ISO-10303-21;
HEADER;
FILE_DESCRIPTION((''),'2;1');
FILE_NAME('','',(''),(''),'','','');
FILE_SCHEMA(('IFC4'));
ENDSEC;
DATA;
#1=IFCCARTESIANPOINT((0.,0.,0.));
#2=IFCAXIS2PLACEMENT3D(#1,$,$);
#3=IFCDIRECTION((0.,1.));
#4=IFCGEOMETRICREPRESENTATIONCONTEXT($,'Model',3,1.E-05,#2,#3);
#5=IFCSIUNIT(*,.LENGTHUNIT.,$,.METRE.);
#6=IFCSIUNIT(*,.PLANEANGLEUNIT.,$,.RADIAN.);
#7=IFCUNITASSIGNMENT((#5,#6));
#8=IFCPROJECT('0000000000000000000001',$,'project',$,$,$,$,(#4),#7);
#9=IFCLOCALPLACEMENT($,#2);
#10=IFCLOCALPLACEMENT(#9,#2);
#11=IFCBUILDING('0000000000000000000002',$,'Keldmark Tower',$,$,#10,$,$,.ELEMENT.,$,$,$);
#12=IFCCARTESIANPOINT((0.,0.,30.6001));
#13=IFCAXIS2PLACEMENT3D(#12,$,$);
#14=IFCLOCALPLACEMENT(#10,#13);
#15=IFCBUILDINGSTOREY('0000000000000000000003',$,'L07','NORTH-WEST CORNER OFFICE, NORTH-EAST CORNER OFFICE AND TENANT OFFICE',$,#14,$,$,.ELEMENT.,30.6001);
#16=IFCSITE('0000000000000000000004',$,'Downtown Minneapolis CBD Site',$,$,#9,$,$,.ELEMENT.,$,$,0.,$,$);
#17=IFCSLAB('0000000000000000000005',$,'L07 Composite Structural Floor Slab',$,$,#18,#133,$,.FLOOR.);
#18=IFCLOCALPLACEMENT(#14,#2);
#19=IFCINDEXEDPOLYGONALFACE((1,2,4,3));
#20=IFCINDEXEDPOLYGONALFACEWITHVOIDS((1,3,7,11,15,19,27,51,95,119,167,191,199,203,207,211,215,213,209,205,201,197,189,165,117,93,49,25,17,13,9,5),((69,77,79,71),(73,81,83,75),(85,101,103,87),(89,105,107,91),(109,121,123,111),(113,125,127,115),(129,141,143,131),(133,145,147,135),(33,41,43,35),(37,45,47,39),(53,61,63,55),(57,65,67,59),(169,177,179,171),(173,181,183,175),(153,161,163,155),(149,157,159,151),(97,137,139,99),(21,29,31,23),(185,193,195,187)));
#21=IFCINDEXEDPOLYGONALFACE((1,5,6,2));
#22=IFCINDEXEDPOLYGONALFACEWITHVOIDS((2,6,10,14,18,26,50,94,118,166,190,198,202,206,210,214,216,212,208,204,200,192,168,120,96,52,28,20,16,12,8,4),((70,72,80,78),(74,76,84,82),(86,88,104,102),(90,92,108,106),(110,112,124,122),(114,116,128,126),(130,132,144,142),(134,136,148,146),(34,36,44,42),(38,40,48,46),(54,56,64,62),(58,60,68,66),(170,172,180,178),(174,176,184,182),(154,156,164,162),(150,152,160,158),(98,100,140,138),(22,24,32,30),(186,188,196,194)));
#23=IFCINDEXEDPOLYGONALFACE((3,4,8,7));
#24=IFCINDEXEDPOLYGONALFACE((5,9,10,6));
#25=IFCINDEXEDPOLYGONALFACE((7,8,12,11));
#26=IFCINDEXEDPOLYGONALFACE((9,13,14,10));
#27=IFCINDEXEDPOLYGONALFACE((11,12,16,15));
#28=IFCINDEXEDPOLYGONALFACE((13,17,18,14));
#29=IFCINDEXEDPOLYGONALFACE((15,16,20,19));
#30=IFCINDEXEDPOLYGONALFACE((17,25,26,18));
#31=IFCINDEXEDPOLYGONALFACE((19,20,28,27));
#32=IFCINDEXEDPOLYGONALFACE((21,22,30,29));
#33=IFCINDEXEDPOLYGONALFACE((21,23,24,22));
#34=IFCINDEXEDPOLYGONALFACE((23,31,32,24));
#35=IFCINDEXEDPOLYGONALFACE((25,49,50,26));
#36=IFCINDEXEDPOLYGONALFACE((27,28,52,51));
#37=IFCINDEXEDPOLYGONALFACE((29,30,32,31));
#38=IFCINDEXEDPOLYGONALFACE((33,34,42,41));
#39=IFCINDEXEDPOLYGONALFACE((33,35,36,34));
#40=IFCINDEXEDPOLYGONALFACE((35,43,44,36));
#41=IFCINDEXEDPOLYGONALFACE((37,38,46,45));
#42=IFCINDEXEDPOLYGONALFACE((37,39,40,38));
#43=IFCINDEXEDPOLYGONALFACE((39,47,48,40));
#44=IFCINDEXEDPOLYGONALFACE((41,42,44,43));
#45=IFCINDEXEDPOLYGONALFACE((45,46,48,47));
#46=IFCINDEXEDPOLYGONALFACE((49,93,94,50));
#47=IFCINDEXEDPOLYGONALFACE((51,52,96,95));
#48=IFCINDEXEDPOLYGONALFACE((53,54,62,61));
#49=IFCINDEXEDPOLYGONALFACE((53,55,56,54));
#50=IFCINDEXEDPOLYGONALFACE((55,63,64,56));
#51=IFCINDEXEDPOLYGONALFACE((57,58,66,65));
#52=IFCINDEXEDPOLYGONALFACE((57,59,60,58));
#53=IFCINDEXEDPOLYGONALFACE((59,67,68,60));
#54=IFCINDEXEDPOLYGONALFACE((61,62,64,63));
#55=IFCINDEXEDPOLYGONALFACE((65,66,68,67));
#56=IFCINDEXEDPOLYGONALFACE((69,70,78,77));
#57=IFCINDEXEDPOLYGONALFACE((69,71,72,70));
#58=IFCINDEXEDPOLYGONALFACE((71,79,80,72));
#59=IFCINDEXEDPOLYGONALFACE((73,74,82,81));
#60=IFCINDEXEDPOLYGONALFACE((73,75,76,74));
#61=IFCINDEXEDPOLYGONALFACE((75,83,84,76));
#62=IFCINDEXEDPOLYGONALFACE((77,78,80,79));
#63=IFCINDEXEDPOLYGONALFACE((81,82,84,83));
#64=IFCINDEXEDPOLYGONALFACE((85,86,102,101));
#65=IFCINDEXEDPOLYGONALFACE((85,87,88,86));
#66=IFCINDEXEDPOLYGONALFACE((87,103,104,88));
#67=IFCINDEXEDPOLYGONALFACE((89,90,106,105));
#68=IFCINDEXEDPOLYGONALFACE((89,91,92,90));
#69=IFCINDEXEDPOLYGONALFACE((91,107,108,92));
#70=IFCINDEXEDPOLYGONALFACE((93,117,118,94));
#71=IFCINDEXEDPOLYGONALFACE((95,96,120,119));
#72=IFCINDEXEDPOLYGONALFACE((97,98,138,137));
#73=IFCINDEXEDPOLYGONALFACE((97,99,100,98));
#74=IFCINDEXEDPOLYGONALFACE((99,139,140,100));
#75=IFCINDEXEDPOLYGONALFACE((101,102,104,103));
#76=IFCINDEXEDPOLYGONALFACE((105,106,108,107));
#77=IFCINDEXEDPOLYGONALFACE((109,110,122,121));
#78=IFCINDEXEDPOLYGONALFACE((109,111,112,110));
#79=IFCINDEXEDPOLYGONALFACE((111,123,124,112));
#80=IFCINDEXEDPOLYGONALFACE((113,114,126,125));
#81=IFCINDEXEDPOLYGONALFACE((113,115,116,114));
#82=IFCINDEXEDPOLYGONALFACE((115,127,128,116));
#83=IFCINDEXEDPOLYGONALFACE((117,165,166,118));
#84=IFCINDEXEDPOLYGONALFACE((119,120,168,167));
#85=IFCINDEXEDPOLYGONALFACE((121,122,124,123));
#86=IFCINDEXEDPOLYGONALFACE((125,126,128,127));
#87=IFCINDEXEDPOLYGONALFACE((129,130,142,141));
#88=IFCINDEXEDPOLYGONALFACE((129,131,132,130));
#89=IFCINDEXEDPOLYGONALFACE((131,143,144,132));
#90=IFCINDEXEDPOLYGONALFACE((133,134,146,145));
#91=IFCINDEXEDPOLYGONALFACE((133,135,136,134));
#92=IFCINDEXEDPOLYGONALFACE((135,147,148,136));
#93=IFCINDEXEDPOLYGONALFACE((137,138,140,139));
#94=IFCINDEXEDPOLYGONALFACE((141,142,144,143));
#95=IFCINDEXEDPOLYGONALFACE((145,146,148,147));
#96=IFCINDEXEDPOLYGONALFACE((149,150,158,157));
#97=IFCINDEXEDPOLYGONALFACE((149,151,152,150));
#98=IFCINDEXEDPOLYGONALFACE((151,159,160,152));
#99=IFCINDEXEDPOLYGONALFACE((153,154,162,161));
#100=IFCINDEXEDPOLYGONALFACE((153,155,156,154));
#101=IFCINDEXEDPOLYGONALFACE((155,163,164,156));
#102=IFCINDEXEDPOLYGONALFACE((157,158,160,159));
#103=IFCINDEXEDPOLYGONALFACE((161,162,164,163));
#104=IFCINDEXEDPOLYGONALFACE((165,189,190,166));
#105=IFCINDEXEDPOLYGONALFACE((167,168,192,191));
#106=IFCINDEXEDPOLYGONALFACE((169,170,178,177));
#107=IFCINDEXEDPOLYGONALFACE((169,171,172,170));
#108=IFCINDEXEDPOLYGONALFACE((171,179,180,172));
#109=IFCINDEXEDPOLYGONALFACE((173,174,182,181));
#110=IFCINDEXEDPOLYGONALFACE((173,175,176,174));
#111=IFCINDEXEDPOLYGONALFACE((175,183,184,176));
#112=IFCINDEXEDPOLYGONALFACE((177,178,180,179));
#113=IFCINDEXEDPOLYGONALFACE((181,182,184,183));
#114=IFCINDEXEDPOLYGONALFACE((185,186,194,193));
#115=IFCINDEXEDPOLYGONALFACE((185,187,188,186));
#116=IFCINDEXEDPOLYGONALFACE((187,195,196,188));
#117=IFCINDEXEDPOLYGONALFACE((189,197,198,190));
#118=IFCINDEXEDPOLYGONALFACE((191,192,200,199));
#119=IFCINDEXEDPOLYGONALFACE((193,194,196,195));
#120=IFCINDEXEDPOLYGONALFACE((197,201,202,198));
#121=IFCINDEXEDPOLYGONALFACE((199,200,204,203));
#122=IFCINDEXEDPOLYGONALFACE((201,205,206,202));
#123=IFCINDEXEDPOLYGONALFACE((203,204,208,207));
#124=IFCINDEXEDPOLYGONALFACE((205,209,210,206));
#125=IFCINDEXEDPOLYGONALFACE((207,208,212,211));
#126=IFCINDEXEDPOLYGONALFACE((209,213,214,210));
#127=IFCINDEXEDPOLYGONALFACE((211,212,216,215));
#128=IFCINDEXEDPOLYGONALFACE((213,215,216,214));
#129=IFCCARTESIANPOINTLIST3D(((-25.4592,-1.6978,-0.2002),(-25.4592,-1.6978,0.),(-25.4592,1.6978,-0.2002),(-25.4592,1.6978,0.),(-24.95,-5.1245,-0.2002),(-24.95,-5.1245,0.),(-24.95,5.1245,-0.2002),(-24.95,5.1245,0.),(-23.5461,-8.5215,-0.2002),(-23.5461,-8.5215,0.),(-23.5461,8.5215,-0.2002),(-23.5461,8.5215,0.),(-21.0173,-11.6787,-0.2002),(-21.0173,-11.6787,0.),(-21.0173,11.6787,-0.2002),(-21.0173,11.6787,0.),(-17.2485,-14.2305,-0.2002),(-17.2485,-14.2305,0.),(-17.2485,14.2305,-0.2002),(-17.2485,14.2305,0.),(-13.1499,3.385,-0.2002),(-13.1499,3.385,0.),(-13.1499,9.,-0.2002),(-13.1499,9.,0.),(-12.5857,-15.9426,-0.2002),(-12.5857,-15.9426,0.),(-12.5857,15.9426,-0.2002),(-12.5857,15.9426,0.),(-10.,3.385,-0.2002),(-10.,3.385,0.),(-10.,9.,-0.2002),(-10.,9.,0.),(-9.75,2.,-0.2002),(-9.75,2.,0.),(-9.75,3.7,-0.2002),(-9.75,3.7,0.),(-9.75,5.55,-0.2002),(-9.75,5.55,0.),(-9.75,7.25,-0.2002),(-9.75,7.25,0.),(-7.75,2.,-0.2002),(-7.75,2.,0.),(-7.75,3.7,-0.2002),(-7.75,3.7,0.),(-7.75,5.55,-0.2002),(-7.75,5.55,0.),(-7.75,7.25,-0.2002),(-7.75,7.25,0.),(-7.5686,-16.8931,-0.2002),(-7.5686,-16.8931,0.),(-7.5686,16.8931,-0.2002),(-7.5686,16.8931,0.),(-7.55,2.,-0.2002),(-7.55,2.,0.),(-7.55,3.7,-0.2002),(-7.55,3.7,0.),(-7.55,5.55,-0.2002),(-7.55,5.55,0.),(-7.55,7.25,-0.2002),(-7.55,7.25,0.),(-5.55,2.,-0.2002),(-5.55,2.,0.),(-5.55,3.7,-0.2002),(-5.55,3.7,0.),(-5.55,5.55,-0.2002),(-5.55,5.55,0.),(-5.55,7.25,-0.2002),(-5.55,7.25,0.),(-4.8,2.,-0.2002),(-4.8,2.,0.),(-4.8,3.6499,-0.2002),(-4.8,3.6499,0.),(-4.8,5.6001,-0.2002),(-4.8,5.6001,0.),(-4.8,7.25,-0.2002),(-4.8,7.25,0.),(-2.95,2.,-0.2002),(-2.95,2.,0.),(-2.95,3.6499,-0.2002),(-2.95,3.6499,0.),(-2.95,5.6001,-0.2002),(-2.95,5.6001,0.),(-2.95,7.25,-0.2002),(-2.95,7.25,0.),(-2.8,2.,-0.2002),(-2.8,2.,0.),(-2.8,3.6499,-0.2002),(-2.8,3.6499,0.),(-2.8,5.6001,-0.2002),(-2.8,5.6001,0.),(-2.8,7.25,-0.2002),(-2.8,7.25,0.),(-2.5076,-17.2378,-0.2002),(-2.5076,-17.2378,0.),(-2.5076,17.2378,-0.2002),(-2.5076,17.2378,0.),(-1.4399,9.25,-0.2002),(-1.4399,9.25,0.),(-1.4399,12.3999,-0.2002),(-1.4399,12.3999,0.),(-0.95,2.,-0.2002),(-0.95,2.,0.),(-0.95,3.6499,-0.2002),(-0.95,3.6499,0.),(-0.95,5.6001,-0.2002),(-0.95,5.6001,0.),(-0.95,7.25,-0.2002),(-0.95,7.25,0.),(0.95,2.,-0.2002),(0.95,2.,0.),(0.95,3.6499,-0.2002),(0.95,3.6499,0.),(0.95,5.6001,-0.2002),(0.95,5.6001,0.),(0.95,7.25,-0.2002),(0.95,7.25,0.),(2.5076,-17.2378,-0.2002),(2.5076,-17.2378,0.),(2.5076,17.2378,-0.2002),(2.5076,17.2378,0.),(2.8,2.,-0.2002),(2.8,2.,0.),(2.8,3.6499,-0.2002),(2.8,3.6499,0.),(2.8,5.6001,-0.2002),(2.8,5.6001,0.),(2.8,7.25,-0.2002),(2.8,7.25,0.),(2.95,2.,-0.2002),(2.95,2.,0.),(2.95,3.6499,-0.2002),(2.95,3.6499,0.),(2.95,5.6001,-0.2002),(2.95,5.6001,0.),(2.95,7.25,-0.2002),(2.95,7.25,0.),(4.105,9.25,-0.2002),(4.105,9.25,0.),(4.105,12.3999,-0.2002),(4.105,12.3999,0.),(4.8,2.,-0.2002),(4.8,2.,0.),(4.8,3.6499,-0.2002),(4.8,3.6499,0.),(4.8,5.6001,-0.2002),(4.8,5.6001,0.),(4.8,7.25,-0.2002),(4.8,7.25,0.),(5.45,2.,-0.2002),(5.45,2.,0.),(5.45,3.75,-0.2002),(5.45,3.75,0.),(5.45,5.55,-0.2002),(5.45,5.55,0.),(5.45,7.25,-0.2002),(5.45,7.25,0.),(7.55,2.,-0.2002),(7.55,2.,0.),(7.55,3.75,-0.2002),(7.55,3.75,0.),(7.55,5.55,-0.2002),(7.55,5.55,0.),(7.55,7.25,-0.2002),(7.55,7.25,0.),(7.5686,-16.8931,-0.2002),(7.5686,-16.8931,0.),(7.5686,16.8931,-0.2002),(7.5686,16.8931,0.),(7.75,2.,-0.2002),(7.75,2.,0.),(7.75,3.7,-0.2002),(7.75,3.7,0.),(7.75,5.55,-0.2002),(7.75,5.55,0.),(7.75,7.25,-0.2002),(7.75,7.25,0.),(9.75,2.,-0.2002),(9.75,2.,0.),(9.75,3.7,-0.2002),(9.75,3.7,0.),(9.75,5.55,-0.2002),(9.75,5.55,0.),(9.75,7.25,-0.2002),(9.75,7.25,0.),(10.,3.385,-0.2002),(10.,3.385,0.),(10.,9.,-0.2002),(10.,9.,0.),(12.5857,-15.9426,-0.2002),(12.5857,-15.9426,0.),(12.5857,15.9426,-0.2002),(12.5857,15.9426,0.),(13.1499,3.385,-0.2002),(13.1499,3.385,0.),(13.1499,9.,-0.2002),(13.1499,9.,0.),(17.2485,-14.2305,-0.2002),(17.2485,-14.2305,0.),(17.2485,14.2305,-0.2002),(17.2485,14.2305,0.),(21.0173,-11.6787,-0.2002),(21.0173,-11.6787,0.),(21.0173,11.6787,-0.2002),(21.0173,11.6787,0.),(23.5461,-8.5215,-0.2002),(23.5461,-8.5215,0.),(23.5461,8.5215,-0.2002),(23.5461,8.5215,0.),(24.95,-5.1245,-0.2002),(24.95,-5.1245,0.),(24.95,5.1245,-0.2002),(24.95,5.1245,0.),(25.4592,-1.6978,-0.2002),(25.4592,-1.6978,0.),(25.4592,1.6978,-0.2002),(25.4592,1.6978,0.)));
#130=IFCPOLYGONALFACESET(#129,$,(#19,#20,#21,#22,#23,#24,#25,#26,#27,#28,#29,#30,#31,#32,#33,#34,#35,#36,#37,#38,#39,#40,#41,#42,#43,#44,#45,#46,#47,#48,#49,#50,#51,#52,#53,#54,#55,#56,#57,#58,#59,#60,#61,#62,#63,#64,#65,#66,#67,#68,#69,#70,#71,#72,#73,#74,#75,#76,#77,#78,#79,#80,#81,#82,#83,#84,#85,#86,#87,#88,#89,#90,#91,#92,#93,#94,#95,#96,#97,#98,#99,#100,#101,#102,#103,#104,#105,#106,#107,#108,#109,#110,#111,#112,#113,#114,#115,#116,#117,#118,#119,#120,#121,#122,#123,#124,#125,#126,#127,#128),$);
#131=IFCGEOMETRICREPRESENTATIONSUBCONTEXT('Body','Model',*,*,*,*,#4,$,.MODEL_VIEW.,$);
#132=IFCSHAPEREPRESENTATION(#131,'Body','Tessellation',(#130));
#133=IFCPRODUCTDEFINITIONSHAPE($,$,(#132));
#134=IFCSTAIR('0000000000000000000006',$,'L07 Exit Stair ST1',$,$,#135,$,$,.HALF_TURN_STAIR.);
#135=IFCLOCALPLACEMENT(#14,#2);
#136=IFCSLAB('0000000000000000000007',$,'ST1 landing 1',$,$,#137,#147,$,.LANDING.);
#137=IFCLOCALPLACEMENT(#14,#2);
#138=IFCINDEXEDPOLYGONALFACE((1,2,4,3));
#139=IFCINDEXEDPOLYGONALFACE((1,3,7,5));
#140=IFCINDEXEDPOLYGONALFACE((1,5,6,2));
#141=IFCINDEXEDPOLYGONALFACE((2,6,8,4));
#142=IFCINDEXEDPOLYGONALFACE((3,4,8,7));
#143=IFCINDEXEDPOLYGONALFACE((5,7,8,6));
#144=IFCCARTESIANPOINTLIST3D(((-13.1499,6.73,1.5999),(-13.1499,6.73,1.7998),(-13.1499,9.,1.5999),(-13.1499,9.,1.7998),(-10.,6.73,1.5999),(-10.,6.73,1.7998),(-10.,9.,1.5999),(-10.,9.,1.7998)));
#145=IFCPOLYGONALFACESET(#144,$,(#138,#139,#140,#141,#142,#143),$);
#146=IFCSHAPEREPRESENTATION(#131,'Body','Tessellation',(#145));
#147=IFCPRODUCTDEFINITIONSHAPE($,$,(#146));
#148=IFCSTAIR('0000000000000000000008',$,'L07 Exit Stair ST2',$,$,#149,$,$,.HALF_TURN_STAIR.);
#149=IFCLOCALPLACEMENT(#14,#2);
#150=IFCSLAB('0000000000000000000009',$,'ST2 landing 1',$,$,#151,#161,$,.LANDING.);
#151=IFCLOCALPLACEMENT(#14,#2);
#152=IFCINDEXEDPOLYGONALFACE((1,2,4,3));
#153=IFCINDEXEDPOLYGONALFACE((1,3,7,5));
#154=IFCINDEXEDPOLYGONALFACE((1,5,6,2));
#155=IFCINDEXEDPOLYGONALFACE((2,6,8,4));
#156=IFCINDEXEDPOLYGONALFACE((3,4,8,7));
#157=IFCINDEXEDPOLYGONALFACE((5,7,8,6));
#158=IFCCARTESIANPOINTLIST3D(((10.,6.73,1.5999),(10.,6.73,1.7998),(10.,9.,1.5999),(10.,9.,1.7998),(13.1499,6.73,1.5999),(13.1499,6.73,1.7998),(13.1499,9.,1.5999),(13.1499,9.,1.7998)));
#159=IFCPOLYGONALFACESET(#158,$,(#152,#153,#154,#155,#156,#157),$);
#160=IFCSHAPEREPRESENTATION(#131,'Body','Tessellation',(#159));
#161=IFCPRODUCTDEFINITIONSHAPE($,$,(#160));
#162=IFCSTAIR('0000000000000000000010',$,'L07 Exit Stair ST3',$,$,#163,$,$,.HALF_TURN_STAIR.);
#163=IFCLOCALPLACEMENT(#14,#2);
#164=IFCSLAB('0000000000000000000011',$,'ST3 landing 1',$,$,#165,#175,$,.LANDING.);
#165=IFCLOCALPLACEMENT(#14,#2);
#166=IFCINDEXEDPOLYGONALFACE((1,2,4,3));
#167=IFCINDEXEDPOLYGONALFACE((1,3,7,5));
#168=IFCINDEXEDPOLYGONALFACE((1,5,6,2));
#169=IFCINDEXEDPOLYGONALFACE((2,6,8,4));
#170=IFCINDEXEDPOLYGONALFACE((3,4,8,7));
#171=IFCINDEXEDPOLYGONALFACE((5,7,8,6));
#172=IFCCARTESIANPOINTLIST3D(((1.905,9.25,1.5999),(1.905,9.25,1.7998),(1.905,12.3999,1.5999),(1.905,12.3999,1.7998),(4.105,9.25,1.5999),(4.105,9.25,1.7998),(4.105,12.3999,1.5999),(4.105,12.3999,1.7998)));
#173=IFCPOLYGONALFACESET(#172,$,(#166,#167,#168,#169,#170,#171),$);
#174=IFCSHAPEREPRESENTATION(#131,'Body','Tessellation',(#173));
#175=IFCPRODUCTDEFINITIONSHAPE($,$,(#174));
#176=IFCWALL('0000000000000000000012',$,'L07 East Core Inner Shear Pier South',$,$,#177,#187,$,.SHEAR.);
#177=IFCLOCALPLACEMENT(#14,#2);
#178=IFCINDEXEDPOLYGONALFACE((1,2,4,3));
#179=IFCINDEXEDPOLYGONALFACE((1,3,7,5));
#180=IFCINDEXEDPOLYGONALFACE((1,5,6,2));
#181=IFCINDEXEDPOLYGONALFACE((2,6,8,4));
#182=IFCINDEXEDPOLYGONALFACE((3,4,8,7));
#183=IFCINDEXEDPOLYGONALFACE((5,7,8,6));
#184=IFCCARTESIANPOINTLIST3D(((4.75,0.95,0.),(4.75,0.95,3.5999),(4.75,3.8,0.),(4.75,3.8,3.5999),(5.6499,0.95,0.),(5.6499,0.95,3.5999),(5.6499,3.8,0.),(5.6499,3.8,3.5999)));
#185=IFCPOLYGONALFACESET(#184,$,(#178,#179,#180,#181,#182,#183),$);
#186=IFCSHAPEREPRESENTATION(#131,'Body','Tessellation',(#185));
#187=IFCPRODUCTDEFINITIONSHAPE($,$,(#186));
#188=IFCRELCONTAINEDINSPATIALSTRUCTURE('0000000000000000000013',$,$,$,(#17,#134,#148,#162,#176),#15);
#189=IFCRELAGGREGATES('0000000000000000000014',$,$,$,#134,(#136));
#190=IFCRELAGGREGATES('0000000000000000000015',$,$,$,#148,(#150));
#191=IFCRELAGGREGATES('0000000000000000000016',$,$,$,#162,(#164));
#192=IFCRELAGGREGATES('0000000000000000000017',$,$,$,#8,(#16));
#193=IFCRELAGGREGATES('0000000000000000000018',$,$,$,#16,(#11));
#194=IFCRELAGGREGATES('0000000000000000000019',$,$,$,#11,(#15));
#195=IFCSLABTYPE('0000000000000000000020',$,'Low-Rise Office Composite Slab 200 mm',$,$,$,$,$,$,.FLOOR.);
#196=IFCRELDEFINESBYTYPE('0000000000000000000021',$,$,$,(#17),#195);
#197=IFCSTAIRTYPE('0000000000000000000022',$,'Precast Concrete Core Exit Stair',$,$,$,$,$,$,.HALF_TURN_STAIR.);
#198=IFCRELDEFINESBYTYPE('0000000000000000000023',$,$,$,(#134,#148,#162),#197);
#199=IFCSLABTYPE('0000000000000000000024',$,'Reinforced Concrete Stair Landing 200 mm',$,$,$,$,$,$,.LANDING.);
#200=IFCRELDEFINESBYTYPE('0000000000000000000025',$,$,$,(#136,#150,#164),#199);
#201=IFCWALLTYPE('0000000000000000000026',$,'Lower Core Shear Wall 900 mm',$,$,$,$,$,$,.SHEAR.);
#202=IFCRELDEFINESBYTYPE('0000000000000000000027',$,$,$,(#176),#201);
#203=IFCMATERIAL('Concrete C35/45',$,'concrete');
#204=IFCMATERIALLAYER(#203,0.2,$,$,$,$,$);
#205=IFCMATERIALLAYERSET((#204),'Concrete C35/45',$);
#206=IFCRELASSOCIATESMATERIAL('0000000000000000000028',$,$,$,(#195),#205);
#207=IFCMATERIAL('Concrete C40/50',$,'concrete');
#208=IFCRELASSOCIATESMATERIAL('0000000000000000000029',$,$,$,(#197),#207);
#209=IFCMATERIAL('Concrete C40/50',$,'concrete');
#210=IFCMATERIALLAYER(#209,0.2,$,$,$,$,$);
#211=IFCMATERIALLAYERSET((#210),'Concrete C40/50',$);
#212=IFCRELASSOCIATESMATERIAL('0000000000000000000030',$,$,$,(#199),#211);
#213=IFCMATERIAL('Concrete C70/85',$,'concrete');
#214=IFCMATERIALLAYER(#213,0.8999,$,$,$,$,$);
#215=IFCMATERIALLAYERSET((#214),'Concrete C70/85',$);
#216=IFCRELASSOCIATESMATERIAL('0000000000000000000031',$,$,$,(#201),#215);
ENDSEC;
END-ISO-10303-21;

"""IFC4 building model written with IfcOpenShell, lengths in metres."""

from ifc_helpers import new_model, si_unit, direction, frame, frame_2d, origin, place, context, subcontext, project, spatial, polyline, rectangle, outline, extrude, material, layer, layer_set, type_object, element, aggregate, save


model = new_model("IFC4")

# Units and contexts
model_context = context("Model", 3, precision=1e-05, world=origin(), true_north=direction((0.0, 1.0)))
body_context = subcontext(model_context, "Body", "Model", "MODEL_VIEW")
ifc_project = project(units=[si_unit("LENGTHUNIT", "METRE"), si_unit("PLANEANGLEUNIT", "RADIAN")], contexts=[model_context])

# Site, building, storey
site_placement = place(None, origin())
site = spatial("IfcSite", under=ifc_project, at=site_placement, Name="Downtown Minneapolis CBD Site", CompositionType="ELEMENT", RefElevation=0.0)
building_placement = place(site_placement, origin())
building = spatial("IfcBuilding", under=site, at=building_placement, Name="Keldmark Tower", CompositionType="ELEMENT")
storey_placement = place(building_placement, frame((0.0, 0.0, 30.6001)))
storey = spatial("IfcBuildingStorey", under=building, at=storey_placement, Name="L07", Description="NORTH-WEST CORNER OFFICE, NORTH-EAST CORNER OFFICE AND TENANT OFFICE", CompositionType="ELEMENT", Elevation=30.6001)

# Slab
ifc_material_1 = material(Name="Concrete C35/45", Category="concrete")
ifc_layer_1 = layer(ifc_material_1, 0.2)
ifc_layer_set_1 = layer_set([ifc_layer_1], Name="Concrete C35/45")
slab_type_1 = type_object("IfcSlabType", Name="Low-Rise Office Composite Slab 200 mm", PredefinedType="FLOOR", material=ifc_layer_set_1)
slab_1_placement = place(storey_placement, frame((0.0, 0.0, -0.2002)))
element("IfcSlab", 1, at=slab_1_placement, inside=storey, type_object=slab_type_1, Name="L07 Composite Structural Floor Slab", PredefinedType="FLOOR", context=body_context, shape_type="SweptSolid", body=[
    extrude(outline(polyline([(25.4592, 1.6978), (24.95, 5.1245), (23.5461, 8.5215), (21.0173, 11.6787), (17.2485, 14.2305), (12.5857, 15.9426), (7.5686, 16.8931), (2.5076, 17.2378), (-2.5076, 17.2378), (-7.5686, 16.8931), (-12.5857, 15.9426), (-17.2485, 14.2305), (-21.0173, 11.6787), (-23.5461, 8.5215), (-24.95, 5.1245), (-25.4592, 1.6978), (-25.4592, -1.6978), (-24.95, -5.1245), (-23.5461, -8.5215), (-21.0173, -11.6787), (-17.2485, -14.2305), (-12.5857, -15.9426), (-7.5686, -16.8931), (-2.5076, -17.2378), (2.5076, -17.2378), (7.5686, -16.8931), (12.5857, -15.9426), (17.2485, -14.2305), (21.0173, -11.6787), (23.5461, -8.5215), (24.95, -5.1245), (25.4592, -1.6978), (25.4592, 1.6978)]), holes=[polyline([(-10.0, 3.385), (-10.0, 9.0), (-13.1499, 9.0), (-13.1499, 3.385), (-10.0, 3.385)]), polyline([(13.1499, 3.385), (13.1499, 9.0), (10.0, 9.0), (10.0, 3.385), (13.1499, 3.385)]), polyline([(-1.4399, 9.25), (4.105, 9.25), (4.105, 12.3999), (-1.4399, 12.3999), (-1.4399, 9.25)]), polyline([(-9.75, 2.0), (-7.75, 2.0), (-7.75, 3.7), (-9.75, 3.7), (-9.75, 2.0)]), polyline([(7.75, 2.0), (9.75, 2.0), (9.75, 3.7), (7.75, 3.7), (7.75, 2.0)]), polyline([(5.45, 2.0), (7.55, 2.0), (7.55, 3.75), (5.45, 3.75), (5.45, 2.0)]), polyline([(-4.8, 2.0), (-2.95, 2.0), (-2.95, 3.6499), (-4.8, 3.6499), (-4.8, 2.0)]), polyline([(-2.8, 2.0), (-0.95, 2.0), (-0.95, 3.6499), (-2.8, 3.6499), (-2.8, 2.0)]), polyline([(0.95, 2.0), (2.8, 2.0), (2.8, 3.6499), (0.95, 3.6499), (0.95, 2.0)]), polyline([(2.95, 2.0), (4.8, 2.0), (4.8, 3.6499), (2.95, 3.6499), (2.95, 2.0)]), polyline([(-4.8, 5.6001), (-2.95, 5.6001), (-2.95, 7.25), (-4.8, 7.25), (-4.8, 5.6001)]), polyline([(-2.8, 5.6001), (-0.95, 5.6001), (-0.95, 7.25), (-2.8, 7.25), (-2.8, 5.6001)]), polyline([(0.95, 5.6001), (2.8, 5.6001), (2.8, 7.25), (0.95, 7.25), (0.95, 5.6001)]), polyline([(2.95, 5.6001), (4.8, 5.6001), (4.8, 7.25), (2.95, 7.25), (2.95, 5.6001)]), polyline([(-9.75, 5.55), (-7.75, 5.55), (-7.75, 7.25), (-9.75, 7.25), (-9.75, 5.55)]), polyline([(-7.55, 5.55), (-5.55, 5.55), (-5.55, 7.25), (-7.55, 7.25), (-7.55, 5.55)]), polyline([(-7.55, 2.0), (-5.55, 2.0), (-5.55, 3.7), (-7.55, 3.7), (-7.55, 2.0)]), polyline([(5.45, 5.55), (7.55, 5.55), (7.55, 7.25), (5.45, 7.25), (5.45, 5.55)]), polyline([(7.75, 5.55), (9.75, 5.55), (9.75, 7.25), (7.75, 7.25), (7.75, 5.55)])]), origin(), (0.0, 0.0, 1.0), 0.2002),
])

# Stairs, slabs
ifc_material_2 = material(Name="Concrete C40/50", Category="concrete")
stair_type = type_object("IfcStairType", Name="Precast Concrete Core Exit Stair", PredefinedType="HALF_TURN_STAIR", material=ifc_material_2)
stair_1_placement = place(storey_placement, origin())
stair_1 = element("IfcStair", 2, at=stair_1_placement, inside=storey, type_object=stair_type, Name="L07 Exit Stair ST1", PredefinedType="HALF_TURN_STAIR")
ifc_material_3 = material(Name="Concrete C40/50", Category="concrete")
ifc_layer_2 = layer(ifc_material_3, 0.2)
ifc_layer_set_2 = layer_set([ifc_layer_2], Name="Concrete C40/50")
slab_type_2 = type_object("IfcSlabType", Name="Reinforced Concrete Stair Landing 200 mm", PredefinedType="LANDING", material=ifc_layer_set_2)
slab_2_placement = place(storey_placement, frame((0.0, 0.0, 1.5999)))
slab_2 = element("IfcSlab", 3, at=slab_2_placement, type_object=slab_type_2, Name="ST1 landing 1", PredefinedType="LANDING", context=body_context, shape_type="SweptSolid", body=[
    extrude(outline(polyline([(-10.0, 6.73), (-10.0, 9.0), (-13.1499, 9.0), (-13.1499, 6.73), (-10.0, 6.73)])), origin(), (0.0, 0.0, 1.0), 0.2),
])
aggregate(stair_1, [slab_2])
stair_2_placement = place(storey_placement, origin())
stair_2 = element("IfcStair", 4, at=stair_2_placement, inside=storey, type_object=stair_type, Name="L07 Exit Stair ST2", PredefinedType="HALF_TURN_STAIR")
slab_3_placement = place(storey_placement, frame((0.0, 0.0, 1.5999)))
slab_3 = element("IfcSlab", 5, at=slab_3_placement, type_object=slab_type_2, Name="ST2 landing 1", PredefinedType="LANDING", context=body_context, shape_type="SweptSolid", body=[
    extrude(outline(polyline([(13.1499, 6.73), (13.1499, 9.0), (10.0, 9.0), (10.0, 6.73), (13.1499, 6.73)])), origin(), (0.0, 0.0, 1.0), 0.2),
])
aggregate(stair_2, [slab_3])
stair_3_placement = place(storey_placement, origin())
stair_3 = element("IfcStair", 6, at=stair_3_placement, inside=storey, type_object=stair_type, Name="L07 Exit Stair ST3", PredefinedType="HALF_TURN_STAIR")
slab_4_placement = place(storey_placement, frame((0.0, 0.0, 1.5999)))
slab_4 = element("IfcSlab", 7, at=slab_4_placement, type_object=slab_type_2, Name="ST3 landing 1", PredefinedType="LANDING", context=body_context, shape_type="SweptSolid", body=[
    extrude(outline(polyline([(1.905, 9.25), (4.105, 9.25), (4.105, 12.3999), (1.905, 12.3999), (1.905, 9.25)])), origin(), (0.0, 0.0, 1.0), 0.2),
])
aggregate(stair_3, [slab_4])

# Wall
ifc_material_4 = material(Name="Concrete C70/85", Category="concrete")
ifc_layer_3 = layer(ifc_material_4, 0.8999)
ifc_layer_set_3 = layer_set([ifc_layer_3], Name="Concrete C70/85")
wall_type_1 = type_object("IfcWallType", Name="Lower Core Shear Wall 900 mm", PredefinedType="SHEAR", material=ifc_layer_set_3)
wall_1_placement = place(storey_placement, frame((5.2, 0.95, 0.0), z_axis=(0.0, 0.0, 1.0), x_axis=(0.0, 1.0, 0.0)))
element("IfcWall", 8, at=wall_1_placement, inside=storey, type_object=wall_type_1, Name="L07 East Core Inner Shear Pier South", PredefinedType="SHEAR", context=body_context, shape_type="SweptSolid", body=[
    extrude(rectangle(XDim=2.8501, YDim=0.8999, at=frame_2d((1.425, 0.0))), origin(), (0.0, 0.0, 1.0), 3.5999),
])

save(model, "model.ifc")
